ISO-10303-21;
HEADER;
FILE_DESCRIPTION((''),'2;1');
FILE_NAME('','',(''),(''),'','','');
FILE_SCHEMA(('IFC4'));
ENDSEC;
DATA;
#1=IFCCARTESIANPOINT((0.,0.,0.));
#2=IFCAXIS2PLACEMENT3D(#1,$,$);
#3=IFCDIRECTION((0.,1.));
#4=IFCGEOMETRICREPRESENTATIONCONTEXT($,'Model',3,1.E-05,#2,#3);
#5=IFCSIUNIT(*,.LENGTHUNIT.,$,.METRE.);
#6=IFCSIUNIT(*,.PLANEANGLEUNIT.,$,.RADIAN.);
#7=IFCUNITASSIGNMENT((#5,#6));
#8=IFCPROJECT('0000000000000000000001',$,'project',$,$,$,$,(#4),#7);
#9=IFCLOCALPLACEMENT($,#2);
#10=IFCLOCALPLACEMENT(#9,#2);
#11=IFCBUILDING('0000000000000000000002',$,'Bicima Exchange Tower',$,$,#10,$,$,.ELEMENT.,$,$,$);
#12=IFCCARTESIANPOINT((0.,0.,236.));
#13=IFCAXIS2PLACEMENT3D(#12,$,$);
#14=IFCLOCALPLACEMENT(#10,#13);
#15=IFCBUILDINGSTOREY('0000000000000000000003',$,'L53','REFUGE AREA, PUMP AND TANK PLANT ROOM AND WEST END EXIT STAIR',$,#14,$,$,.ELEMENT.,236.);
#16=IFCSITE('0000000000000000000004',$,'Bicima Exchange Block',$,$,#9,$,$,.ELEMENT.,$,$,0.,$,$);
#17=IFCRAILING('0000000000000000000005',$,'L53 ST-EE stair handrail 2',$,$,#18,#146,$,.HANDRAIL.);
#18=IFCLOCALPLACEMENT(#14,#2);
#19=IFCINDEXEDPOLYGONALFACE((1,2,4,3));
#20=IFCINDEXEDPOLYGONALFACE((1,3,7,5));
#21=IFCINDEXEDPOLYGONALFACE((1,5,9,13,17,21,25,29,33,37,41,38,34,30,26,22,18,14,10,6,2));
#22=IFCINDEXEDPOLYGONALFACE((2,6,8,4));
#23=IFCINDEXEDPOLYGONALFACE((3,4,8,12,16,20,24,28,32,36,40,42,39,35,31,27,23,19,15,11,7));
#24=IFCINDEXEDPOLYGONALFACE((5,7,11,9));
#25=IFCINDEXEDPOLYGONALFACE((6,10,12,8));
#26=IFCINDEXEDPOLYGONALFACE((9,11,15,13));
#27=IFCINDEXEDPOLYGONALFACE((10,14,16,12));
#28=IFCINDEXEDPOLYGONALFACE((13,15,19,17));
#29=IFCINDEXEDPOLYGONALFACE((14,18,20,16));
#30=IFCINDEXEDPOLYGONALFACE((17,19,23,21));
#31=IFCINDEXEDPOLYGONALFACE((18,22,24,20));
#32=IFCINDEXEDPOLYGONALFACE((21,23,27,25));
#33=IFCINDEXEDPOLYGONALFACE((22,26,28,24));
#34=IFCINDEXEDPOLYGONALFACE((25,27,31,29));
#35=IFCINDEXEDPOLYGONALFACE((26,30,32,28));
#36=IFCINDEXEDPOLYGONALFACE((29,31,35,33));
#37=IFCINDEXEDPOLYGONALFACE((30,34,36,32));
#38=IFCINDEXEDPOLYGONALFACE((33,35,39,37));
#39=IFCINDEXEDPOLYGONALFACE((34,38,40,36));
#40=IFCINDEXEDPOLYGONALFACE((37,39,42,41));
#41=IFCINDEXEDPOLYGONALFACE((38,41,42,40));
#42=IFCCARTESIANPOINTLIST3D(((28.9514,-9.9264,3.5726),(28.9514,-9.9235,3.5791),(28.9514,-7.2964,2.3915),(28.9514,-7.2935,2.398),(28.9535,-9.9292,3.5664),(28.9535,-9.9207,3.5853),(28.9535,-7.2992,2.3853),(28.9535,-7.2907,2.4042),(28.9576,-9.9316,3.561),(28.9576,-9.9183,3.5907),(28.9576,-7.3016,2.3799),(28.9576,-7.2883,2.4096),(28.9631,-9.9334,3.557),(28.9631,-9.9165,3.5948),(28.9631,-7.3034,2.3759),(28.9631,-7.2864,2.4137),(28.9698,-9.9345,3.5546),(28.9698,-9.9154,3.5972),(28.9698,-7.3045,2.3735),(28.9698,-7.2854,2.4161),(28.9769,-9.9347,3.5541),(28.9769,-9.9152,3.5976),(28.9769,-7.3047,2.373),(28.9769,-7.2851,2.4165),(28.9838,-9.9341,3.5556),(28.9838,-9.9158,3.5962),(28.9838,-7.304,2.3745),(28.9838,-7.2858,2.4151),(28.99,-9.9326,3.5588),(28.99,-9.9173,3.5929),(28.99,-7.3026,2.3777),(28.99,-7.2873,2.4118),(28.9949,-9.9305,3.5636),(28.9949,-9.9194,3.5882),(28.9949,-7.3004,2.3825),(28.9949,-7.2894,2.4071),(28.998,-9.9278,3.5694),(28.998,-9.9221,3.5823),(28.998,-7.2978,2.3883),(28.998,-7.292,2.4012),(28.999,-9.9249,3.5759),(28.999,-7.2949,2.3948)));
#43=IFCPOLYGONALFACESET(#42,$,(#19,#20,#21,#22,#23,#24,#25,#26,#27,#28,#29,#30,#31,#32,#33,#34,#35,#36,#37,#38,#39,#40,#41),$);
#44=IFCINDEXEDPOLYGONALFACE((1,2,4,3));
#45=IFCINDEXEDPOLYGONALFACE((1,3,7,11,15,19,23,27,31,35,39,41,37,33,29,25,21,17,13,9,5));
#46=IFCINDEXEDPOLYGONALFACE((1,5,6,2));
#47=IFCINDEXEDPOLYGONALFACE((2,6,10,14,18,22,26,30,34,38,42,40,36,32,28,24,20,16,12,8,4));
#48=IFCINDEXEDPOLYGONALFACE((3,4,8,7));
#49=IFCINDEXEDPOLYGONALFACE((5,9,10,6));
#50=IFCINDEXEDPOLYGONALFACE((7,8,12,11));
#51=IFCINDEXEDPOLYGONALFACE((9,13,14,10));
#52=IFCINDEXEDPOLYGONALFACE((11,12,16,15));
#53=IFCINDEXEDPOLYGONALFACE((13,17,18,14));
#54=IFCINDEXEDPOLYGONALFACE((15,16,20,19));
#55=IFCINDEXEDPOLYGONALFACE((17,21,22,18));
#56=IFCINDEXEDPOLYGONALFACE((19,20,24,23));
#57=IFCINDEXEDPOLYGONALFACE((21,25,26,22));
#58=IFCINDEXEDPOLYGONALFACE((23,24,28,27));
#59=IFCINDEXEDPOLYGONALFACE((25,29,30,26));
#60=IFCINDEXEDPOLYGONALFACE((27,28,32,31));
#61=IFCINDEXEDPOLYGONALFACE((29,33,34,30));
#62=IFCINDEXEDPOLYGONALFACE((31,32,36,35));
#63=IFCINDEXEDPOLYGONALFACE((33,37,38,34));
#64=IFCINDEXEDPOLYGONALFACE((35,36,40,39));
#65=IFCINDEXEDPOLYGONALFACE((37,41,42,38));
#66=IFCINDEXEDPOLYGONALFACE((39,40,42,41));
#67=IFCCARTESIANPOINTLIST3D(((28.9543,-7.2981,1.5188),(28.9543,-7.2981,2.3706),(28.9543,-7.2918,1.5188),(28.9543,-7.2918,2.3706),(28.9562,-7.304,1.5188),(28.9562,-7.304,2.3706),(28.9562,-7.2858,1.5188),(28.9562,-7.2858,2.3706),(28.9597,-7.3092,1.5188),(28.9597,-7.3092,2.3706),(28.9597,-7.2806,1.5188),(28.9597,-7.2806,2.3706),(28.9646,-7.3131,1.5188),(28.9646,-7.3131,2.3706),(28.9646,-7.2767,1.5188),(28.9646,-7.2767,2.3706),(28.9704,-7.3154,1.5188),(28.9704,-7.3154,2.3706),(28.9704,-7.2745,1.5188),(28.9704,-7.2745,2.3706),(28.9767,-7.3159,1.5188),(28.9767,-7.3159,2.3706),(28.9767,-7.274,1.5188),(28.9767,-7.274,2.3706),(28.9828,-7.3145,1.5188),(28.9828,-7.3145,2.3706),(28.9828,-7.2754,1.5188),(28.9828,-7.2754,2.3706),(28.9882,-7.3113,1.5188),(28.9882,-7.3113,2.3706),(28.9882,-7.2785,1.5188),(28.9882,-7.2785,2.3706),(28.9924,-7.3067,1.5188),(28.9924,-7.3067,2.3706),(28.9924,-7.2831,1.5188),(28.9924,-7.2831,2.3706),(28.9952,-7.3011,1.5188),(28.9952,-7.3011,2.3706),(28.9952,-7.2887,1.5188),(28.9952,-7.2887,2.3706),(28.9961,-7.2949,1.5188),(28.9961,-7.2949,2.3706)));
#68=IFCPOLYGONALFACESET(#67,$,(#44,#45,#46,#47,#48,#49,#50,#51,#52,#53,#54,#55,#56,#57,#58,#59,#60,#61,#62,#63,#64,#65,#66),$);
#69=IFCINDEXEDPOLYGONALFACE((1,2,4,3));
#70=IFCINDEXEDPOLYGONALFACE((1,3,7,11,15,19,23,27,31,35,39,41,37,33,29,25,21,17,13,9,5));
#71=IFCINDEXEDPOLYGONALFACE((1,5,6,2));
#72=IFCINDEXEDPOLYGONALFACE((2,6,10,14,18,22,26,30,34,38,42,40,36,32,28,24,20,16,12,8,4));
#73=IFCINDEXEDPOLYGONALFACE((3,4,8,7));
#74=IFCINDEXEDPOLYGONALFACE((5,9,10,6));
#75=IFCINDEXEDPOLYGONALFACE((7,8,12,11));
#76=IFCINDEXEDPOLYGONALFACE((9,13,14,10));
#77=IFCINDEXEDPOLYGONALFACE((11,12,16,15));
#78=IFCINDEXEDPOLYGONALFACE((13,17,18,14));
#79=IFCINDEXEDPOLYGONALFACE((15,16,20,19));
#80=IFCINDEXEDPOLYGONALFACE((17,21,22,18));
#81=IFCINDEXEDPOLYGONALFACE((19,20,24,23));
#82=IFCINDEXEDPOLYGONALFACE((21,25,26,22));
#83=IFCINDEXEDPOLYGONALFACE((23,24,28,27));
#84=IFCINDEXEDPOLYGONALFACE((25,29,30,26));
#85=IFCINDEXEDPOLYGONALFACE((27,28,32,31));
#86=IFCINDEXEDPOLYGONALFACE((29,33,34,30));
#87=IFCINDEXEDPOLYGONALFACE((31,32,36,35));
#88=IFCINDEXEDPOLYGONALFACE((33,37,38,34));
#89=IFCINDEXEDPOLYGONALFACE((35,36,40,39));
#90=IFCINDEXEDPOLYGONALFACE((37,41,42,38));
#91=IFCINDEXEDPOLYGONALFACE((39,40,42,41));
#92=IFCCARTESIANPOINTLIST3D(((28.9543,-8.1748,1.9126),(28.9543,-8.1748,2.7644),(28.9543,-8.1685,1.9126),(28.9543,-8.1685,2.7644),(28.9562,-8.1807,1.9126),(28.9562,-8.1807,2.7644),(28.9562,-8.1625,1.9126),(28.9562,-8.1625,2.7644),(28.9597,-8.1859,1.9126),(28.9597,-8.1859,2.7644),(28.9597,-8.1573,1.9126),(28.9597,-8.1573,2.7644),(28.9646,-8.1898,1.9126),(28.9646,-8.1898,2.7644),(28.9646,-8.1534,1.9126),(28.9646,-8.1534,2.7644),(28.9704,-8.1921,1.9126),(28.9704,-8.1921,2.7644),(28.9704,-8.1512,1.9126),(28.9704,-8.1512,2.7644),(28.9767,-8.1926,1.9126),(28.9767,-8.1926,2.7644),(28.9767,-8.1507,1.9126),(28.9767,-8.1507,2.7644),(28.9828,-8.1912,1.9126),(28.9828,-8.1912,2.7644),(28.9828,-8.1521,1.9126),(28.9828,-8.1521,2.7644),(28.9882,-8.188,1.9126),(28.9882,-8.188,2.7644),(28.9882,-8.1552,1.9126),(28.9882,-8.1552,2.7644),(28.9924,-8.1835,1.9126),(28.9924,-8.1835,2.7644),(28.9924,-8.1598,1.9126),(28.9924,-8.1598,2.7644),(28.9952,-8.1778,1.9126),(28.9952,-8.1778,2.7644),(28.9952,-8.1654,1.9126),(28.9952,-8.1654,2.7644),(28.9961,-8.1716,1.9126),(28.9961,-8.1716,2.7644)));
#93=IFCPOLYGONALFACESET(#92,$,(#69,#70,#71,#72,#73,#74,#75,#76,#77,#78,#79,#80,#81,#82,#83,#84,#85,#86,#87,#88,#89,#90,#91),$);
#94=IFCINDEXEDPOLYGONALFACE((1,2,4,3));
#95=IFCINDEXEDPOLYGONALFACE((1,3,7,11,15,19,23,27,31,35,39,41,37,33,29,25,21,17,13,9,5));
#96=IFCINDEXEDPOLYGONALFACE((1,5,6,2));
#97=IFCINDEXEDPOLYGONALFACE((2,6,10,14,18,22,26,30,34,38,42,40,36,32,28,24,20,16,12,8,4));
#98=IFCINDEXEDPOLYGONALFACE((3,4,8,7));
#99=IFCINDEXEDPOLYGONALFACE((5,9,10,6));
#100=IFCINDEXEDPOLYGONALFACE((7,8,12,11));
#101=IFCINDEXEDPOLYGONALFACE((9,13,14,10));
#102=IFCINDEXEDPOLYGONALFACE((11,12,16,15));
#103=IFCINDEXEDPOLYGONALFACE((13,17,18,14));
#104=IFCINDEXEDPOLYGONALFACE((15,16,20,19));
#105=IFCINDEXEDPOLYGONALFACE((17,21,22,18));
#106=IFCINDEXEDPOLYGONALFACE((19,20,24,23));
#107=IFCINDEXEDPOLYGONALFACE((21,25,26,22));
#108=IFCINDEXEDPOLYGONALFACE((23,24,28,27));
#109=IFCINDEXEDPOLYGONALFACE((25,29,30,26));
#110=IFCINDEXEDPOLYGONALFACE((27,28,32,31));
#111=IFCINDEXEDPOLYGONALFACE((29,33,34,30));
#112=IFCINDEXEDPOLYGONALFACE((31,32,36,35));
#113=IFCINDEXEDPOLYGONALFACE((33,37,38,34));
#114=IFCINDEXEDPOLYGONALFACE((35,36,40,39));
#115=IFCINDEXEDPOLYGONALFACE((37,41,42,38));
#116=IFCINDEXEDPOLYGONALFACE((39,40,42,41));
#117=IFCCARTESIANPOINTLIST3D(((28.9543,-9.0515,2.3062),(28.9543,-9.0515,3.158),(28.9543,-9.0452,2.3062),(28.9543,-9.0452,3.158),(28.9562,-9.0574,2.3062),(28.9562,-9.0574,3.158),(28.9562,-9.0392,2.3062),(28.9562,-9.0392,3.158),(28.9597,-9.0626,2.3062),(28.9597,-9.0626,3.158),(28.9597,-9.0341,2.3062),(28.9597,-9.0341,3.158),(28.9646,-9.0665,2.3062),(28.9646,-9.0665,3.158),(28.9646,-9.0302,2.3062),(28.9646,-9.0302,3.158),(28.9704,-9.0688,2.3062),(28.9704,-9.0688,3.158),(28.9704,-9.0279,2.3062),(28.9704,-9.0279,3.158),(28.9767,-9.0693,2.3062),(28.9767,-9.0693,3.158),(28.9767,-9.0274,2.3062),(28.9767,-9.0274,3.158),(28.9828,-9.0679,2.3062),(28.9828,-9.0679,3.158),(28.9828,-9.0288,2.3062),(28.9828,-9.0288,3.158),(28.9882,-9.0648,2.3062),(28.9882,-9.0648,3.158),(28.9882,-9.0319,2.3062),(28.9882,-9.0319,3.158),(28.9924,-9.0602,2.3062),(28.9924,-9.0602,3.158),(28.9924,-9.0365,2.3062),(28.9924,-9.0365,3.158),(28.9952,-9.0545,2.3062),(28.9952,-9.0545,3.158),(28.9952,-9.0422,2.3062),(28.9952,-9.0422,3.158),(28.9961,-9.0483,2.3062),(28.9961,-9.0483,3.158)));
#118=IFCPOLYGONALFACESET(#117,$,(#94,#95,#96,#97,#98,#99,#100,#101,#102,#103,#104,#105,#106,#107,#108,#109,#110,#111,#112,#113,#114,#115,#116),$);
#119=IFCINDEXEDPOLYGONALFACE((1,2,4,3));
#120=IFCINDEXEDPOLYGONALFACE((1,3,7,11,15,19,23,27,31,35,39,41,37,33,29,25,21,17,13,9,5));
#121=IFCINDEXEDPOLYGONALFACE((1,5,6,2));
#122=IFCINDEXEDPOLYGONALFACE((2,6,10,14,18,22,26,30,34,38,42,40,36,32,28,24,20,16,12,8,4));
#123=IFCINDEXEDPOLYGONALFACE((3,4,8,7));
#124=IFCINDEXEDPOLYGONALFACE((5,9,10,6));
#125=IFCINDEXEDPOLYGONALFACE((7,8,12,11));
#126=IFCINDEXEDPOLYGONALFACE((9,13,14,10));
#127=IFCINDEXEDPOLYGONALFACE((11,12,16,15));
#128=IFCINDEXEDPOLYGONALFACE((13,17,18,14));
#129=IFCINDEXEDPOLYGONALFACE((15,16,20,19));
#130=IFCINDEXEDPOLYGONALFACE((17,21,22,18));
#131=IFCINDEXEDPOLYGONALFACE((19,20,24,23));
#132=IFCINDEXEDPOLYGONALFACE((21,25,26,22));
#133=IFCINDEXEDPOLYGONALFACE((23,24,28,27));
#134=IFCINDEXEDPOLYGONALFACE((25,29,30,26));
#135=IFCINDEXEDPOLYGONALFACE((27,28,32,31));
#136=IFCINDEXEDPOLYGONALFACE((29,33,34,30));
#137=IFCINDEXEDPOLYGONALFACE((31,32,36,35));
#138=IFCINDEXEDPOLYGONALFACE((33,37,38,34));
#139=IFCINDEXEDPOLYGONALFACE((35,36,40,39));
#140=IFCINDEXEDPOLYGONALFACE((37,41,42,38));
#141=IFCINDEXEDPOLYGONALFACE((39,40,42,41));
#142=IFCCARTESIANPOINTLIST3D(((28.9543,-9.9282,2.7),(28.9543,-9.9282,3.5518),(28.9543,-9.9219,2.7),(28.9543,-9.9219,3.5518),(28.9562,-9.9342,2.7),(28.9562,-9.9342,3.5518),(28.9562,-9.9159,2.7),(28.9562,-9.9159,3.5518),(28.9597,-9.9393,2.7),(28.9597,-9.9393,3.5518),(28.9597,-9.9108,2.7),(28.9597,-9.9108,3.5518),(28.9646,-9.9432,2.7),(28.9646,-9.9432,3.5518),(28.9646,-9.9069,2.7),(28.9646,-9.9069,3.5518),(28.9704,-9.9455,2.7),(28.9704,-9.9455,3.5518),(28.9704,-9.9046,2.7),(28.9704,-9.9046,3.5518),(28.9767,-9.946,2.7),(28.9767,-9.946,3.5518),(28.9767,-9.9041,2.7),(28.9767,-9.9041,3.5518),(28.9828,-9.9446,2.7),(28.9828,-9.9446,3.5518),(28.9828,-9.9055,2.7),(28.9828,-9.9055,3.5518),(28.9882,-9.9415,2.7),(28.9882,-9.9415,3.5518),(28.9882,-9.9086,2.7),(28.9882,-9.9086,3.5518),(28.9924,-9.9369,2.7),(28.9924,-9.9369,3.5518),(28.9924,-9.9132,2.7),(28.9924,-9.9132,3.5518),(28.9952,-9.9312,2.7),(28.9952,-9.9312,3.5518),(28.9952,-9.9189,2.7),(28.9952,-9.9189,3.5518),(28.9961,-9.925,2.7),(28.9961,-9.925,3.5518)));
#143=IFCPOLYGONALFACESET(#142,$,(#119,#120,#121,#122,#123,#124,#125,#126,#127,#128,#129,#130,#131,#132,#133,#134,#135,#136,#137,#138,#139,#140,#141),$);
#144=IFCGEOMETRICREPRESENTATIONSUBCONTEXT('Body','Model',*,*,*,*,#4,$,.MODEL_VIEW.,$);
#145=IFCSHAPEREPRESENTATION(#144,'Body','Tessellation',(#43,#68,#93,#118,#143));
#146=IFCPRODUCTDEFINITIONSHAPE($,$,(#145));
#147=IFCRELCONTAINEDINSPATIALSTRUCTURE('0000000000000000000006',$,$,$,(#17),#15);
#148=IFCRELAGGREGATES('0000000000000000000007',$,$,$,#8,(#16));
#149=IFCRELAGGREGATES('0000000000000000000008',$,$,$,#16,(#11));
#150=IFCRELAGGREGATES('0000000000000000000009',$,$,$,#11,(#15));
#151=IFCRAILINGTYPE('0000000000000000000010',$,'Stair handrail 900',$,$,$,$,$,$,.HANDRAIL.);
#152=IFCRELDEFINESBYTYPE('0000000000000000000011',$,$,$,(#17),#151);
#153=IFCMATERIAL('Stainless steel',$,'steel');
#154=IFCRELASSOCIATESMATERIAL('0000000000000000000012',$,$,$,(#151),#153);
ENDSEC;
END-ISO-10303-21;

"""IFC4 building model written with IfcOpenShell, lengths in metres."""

from ifc_helpers import new_model, si_unit, direction, frame, origin, origin_2d, place, context, subcontext, project, spatial, circle, extrude, material, type_object, element, save


model = new_model("IFC4")

# Units and contexts
model_context = context("Model", 3, precision=1e-05, world=origin(), true_north=direction((0.0, 1.0)))
body_context = subcontext(model_context, "Body", "Model", "MODEL_VIEW")
ifc_project = project(units=[si_unit("LENGTHUNIT", "METRE"), si_unit("PLANEANGLEUNIT", "RADIAN")], contexts=[model_context])

# Site, building, storey
site_placement = place(None, origin())
site = spatial("IfcSite", under=ifc_project, at=site_placement, Name="Bicima Exchange Block", CompositionType="ELEMENT", RefElevation=0.0)
building_placement = place(site_placement, origin())
building = spatial("IfcBuilding", under=site, at=building_placement, Name="Bicima Exchange Tower", CompositionType="ELEMENT")
storey_placement = place(building_placement, frame((0.0, 0.0, 236.0)))
storey = spatial("IfcBuildingStorey", under=building, at=storey_placement, Name="L53", Description="REFUGE AREA, PUMP AND TANK PLANT ROOM AND WEST END EXIT STAIR", CompositionType="ELEMENT", Elevation=236.0)

# Railing
ifc_material_1 = material(Name="Stainless steel", Category="steel")
railing_type_1 = type_object("IfcRailingType", Name="Stair handrail 900", PredefinedType="HANDRAIL", material=ifc_material_1)
railing_1_placement = place(storey_placement, frame((28.9751, -7.2949, 1.5188)))
element("IfcRailing", 1, at=railing_1_placement, inside=storey, type_object=railing_type_1, Name="L53 ST-EE stair handrail 2", PredefinedType="HANDRAIL", context=body_context, shape_type="SweptSolid", body=[
    extrude(circle(Radius=0.0239, at=origin_2d()), frame((0.0, 0.0, 0.876), z_axis=(0.0, -0.912233, 0.409671), x_axis=(1.0, 0.0, 0.0)), (0.0, 0.0, 1.0), 2.8831),
    extrude(circle(Radius=0.021, at=origin_2d()), origin(), (0.0, 0.0, 1.0), 0.8518),
    extrude(circle(Radius=0.021, at=origin_2d()), frame((0.0, -0.8767, 0.3938)), (0.0, 0.0, 1.0), 0.8518),
    extrude(circle(Radius=0.021, at=origin_2d()), frame((0.0, -1.7534, 0.7874)), (0.0, 0.0, 1.0), 0.8518),
    extrude(circle(Radius=0.021, at=origin_2d()), frame((0.0, -2.6301, 1.1812)), (0.0, 0.0, 1.0), 0.8518),
])

save(model, "model.ifc")
